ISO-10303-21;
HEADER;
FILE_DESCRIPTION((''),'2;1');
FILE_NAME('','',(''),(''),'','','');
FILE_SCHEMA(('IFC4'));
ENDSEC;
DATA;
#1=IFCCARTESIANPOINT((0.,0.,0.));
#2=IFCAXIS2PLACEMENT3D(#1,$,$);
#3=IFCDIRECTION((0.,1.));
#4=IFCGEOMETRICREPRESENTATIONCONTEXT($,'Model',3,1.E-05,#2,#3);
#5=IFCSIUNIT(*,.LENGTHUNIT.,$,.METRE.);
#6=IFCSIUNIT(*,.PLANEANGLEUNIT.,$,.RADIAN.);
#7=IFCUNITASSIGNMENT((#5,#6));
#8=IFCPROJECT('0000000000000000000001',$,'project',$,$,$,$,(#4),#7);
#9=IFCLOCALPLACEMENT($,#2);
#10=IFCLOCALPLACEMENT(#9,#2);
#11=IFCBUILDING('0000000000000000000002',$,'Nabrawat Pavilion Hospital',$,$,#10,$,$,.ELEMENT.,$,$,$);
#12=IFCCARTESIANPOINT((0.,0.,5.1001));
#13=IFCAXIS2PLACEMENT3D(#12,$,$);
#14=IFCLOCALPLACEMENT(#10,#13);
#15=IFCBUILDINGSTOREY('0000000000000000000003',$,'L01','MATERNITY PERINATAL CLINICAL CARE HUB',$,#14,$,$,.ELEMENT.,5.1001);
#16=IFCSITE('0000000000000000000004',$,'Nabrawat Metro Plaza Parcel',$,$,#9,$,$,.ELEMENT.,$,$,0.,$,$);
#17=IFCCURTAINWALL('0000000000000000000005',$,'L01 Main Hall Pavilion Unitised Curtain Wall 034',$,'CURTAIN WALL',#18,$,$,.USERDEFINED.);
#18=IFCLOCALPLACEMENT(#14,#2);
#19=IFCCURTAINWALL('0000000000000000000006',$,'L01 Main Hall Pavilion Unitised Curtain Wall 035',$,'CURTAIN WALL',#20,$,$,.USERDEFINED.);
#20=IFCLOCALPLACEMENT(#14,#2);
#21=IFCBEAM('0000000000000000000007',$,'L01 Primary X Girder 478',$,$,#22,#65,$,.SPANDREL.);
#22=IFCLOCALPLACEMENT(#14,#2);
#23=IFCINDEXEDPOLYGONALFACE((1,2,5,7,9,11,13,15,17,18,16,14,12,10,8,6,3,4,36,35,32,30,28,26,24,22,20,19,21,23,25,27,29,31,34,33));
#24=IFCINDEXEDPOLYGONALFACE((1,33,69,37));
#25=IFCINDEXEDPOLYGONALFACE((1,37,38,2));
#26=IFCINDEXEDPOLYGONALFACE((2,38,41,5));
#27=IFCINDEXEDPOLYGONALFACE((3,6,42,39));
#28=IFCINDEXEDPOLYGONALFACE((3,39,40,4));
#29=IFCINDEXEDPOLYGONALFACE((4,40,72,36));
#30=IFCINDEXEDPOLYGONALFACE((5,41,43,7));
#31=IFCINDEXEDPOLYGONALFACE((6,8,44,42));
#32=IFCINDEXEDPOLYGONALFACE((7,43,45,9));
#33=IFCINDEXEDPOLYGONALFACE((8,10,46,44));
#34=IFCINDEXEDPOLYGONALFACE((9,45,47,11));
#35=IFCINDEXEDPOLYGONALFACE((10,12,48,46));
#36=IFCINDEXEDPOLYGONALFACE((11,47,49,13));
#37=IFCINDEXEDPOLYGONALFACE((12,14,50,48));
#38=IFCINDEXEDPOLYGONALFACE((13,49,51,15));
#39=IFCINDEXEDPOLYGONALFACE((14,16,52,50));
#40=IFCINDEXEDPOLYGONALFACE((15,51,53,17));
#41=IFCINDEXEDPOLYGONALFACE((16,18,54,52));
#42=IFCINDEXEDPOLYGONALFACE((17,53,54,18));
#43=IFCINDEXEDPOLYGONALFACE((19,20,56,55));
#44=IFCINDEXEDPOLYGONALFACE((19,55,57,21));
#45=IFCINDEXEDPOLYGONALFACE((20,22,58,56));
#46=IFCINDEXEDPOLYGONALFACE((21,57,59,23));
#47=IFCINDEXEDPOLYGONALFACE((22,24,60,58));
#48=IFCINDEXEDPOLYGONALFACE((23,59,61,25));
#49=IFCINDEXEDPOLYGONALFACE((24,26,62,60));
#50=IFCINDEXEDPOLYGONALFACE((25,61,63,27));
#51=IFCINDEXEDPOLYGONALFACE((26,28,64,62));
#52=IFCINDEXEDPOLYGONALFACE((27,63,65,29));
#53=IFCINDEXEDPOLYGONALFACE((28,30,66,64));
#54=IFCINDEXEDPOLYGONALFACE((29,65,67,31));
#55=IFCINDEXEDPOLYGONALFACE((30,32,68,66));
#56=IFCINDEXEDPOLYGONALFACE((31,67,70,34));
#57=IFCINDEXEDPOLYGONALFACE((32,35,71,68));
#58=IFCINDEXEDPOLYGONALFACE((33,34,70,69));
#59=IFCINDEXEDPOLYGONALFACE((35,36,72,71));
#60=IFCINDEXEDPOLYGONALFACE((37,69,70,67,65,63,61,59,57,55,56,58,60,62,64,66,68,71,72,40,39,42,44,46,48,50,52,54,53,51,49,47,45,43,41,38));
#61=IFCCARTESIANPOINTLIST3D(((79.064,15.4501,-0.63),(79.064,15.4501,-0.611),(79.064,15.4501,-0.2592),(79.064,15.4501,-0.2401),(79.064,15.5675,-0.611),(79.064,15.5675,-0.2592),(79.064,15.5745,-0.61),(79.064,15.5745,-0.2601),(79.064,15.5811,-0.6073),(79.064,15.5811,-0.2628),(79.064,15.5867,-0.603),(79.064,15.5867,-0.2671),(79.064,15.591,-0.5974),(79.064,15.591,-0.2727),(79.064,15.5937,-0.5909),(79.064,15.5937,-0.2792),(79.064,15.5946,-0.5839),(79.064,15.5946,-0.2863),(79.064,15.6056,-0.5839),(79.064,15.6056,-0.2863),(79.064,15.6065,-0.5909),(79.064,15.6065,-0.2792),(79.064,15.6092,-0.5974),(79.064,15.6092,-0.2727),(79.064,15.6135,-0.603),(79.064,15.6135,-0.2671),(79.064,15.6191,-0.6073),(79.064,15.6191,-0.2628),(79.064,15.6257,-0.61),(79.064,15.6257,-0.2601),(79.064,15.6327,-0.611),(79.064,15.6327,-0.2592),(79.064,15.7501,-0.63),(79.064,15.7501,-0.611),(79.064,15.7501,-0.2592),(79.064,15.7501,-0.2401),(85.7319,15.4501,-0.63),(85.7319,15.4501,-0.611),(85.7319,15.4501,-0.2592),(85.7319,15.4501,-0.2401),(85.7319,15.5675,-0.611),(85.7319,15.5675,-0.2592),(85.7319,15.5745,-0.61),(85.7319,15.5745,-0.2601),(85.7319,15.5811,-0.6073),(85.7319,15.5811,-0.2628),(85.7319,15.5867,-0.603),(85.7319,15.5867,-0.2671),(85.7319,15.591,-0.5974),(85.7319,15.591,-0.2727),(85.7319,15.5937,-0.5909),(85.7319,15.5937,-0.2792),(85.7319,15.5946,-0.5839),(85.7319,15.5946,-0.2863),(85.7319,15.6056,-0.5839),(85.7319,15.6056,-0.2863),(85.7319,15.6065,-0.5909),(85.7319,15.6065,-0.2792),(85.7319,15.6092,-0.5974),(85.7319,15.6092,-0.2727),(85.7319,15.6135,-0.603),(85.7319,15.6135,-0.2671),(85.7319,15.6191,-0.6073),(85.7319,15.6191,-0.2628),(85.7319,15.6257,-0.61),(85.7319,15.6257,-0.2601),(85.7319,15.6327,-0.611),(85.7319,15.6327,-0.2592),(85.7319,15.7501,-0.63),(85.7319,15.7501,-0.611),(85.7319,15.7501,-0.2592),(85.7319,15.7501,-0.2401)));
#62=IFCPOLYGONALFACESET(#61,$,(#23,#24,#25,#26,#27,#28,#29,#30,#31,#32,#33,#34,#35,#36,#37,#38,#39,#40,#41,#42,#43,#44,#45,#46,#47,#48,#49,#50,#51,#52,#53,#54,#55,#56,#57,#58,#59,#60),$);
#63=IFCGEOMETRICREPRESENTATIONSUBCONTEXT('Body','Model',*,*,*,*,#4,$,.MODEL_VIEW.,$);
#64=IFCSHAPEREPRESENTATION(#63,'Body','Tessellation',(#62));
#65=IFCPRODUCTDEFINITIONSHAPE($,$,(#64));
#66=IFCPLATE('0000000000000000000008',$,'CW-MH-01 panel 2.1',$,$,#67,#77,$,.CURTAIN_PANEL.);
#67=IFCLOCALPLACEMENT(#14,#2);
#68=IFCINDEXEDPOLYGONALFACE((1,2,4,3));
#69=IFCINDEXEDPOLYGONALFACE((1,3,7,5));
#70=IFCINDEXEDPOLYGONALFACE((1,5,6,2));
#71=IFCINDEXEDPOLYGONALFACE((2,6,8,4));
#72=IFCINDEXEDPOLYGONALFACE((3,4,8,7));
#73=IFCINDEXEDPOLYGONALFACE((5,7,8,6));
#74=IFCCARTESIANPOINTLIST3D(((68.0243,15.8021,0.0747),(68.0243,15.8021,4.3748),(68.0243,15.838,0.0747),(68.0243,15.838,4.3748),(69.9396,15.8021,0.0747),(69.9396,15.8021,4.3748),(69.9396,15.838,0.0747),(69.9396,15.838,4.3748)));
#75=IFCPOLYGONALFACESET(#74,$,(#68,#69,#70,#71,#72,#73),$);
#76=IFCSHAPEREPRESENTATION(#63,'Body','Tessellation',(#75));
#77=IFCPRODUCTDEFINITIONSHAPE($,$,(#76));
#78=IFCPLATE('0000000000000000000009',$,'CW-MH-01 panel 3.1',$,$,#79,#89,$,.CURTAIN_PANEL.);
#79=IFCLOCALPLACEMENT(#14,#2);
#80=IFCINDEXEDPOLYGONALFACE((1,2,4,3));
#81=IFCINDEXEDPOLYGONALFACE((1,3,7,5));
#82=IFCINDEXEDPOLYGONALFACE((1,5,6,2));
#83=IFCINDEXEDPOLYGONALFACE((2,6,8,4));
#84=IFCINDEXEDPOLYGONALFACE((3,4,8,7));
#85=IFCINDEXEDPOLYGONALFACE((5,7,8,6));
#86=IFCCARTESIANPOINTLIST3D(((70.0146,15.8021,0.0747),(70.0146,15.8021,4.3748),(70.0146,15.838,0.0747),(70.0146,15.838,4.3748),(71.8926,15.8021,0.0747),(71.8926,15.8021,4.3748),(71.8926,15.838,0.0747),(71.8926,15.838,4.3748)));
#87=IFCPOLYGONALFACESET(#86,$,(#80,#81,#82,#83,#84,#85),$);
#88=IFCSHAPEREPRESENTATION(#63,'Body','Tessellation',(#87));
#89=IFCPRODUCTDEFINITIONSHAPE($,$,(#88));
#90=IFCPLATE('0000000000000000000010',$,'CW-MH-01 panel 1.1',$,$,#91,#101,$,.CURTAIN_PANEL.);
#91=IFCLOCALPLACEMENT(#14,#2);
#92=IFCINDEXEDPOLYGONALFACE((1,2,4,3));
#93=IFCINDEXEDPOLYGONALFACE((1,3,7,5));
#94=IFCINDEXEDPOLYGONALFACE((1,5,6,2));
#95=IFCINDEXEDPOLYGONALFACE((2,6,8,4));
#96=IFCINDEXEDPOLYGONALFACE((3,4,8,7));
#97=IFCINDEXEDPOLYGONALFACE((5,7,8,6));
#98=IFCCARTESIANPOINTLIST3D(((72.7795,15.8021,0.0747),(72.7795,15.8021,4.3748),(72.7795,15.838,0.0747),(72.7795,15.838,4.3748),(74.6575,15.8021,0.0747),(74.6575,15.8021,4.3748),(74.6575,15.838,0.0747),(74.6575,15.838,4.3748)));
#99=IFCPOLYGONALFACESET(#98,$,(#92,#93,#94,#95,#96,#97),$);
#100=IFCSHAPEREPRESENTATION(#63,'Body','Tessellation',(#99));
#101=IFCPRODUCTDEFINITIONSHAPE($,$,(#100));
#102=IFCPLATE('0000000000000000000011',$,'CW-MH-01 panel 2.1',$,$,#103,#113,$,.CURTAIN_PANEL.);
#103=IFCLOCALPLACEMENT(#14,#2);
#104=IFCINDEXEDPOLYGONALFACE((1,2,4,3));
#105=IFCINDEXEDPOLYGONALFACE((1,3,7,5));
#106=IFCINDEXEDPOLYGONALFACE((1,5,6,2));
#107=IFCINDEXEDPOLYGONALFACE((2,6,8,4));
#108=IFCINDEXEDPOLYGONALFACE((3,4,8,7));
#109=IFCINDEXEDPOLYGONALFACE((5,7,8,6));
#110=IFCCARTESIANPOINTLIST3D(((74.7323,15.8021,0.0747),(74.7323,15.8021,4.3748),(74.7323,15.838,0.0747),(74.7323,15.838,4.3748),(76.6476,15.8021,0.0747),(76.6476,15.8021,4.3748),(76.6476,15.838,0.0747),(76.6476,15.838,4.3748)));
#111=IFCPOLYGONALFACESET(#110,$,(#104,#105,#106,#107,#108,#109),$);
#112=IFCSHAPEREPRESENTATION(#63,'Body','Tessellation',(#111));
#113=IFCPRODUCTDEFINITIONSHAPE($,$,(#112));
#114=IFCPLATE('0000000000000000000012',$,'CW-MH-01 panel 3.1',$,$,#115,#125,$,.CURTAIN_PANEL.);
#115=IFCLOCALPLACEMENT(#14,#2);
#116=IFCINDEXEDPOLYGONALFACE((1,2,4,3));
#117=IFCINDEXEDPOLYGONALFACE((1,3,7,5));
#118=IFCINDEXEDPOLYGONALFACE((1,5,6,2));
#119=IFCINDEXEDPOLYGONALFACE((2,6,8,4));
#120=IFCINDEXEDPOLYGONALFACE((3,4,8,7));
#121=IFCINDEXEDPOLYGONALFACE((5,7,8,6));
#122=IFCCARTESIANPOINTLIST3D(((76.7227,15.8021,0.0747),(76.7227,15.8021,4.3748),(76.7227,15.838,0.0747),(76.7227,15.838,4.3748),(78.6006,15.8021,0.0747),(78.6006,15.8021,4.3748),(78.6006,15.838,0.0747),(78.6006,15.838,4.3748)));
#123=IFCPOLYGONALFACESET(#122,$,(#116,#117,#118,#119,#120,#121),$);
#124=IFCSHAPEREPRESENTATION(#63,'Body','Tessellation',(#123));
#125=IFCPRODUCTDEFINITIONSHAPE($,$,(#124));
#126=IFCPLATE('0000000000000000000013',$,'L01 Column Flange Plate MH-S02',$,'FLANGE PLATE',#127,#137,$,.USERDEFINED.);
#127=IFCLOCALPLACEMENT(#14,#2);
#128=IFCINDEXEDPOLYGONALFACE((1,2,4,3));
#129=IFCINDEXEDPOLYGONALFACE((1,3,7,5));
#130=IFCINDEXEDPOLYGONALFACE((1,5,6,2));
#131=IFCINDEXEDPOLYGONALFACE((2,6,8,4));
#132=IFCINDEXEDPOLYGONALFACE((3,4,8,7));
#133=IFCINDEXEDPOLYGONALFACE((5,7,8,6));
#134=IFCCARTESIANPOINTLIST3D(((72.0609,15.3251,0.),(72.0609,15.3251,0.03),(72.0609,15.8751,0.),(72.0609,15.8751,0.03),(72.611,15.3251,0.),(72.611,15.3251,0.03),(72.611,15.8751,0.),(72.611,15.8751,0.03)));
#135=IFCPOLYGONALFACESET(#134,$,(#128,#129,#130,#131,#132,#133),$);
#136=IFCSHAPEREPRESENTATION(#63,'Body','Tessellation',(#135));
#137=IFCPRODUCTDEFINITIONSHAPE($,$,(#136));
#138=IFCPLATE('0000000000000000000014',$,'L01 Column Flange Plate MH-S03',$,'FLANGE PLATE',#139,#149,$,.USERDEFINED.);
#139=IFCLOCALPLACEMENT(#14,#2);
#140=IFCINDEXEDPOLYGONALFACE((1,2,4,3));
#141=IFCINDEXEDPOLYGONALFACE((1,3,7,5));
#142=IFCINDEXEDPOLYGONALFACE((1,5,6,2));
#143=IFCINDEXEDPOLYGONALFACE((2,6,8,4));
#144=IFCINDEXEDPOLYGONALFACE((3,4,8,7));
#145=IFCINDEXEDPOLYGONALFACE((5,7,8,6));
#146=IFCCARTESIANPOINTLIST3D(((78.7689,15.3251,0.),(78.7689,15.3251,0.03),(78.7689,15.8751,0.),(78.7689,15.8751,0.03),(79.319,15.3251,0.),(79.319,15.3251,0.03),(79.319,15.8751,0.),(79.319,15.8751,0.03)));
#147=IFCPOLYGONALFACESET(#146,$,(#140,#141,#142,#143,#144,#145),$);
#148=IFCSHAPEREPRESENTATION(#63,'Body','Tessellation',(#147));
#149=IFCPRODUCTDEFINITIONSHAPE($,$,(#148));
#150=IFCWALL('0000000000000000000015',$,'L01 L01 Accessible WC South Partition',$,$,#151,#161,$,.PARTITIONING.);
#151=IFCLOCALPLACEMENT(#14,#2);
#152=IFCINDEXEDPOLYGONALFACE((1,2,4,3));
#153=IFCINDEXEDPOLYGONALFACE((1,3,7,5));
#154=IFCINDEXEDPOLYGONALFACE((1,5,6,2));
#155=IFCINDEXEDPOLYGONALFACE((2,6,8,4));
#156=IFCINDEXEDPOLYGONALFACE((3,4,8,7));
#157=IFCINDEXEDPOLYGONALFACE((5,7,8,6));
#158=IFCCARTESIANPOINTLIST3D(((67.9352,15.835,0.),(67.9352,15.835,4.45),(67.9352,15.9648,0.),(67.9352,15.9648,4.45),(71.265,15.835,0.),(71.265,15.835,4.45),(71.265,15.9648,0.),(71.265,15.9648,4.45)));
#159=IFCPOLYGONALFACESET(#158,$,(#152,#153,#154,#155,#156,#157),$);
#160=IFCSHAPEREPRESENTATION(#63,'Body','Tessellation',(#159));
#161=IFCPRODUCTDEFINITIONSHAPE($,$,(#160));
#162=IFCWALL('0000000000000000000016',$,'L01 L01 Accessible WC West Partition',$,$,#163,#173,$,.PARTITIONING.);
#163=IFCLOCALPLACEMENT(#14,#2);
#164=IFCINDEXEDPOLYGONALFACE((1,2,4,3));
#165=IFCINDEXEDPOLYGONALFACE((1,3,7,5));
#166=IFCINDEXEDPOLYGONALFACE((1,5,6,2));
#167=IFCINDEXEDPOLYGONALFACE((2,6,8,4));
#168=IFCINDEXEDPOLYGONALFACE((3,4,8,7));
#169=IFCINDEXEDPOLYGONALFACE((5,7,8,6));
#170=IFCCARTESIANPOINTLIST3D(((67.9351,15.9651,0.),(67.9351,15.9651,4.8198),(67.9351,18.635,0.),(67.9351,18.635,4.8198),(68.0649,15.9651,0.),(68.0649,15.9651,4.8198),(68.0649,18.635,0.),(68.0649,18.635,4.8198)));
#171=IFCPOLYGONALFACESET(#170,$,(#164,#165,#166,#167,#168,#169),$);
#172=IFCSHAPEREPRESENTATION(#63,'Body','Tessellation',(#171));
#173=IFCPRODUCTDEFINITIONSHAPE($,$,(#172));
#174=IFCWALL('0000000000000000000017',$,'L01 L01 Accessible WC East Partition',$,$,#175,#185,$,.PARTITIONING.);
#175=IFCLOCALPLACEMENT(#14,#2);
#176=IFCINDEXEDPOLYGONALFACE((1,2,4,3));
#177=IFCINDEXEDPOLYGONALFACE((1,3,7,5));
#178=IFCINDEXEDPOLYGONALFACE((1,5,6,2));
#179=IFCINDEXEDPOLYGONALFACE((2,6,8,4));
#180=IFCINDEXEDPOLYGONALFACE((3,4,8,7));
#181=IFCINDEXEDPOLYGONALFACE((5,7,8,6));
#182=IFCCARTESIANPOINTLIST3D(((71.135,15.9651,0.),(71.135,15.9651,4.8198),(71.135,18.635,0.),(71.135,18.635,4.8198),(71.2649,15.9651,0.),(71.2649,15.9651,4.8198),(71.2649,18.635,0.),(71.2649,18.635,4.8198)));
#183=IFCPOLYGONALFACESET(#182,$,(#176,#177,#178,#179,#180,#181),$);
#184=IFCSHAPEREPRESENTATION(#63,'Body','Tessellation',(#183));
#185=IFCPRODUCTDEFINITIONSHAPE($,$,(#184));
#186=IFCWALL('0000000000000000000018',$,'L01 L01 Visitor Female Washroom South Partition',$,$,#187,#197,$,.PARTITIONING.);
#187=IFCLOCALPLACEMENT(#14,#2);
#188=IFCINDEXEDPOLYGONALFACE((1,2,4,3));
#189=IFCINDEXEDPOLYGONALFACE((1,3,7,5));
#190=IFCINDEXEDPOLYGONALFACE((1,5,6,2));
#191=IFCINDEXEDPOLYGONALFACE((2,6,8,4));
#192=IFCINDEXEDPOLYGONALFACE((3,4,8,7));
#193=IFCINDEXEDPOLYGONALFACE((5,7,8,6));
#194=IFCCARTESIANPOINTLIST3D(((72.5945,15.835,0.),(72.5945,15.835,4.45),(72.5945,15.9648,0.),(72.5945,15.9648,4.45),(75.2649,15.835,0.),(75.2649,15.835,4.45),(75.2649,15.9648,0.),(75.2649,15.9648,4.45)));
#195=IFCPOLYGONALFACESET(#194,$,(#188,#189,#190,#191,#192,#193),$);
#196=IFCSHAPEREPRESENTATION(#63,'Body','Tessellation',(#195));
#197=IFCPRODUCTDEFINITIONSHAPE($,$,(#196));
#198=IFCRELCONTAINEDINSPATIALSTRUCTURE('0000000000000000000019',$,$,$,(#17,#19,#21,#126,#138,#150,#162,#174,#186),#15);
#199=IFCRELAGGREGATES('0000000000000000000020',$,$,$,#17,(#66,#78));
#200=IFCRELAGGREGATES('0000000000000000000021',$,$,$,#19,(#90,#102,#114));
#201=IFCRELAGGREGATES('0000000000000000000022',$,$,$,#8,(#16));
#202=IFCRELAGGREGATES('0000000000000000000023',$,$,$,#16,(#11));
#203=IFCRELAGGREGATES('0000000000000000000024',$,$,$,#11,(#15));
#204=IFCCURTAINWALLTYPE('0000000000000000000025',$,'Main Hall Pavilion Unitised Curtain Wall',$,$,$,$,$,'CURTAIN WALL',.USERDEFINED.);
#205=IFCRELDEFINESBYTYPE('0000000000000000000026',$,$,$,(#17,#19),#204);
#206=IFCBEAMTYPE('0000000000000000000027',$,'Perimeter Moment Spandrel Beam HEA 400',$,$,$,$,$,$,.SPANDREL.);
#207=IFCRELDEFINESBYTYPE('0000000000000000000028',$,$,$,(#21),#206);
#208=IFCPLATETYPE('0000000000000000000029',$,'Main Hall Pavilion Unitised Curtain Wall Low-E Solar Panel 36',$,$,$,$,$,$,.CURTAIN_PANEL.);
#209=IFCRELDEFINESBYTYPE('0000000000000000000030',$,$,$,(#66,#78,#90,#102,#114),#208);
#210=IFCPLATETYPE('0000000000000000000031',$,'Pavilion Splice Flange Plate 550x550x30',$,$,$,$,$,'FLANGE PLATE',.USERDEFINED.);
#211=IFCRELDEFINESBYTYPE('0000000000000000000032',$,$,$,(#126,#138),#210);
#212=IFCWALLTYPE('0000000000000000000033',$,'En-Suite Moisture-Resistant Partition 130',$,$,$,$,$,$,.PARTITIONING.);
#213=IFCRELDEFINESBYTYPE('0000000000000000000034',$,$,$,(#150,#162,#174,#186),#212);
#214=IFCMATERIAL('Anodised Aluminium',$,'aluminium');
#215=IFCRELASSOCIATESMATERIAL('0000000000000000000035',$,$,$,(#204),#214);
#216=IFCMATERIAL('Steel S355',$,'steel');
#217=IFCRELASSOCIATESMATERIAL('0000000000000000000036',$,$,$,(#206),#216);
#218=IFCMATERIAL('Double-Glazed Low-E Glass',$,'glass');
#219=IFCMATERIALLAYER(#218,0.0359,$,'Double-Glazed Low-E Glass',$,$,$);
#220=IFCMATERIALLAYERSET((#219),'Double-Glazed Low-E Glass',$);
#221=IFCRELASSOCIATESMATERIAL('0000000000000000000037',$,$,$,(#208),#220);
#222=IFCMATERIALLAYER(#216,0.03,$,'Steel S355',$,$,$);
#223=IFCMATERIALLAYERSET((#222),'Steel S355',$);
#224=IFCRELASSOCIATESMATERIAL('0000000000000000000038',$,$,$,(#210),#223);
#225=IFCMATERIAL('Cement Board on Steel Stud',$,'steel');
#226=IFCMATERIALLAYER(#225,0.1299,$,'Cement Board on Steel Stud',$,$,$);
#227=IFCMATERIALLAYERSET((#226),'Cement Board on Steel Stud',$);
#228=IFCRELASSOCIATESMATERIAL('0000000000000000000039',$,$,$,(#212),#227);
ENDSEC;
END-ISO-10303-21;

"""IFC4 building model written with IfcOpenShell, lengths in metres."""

from ifc_helpers import new_model, si_unit, direction, frame, frame_2d, origin, origin_2d, place, context, subcontext, project, spatial, rectangle, i_section, extrude, material, layer, layer_set, material_profile, profile_set, type_object, element, aggregate, save


model = new_model("IFC4")

# Units and contexts
model_context = context("Model", 3, precision=1e-05, world=origin(), true_north=direction((0.0, 1.0)))
body_context = subcontext(model_context, "Body", "Model", "MODEL_VIEW")
ifc_project = project(units=[si_unit("LENGTHUNIT", "METRE"), si_unit("PLANEANGLEUNIT", "RADIAN")], contexts=[model_context])

# Site, building, storey
site_placement = place(None, origin())
site = spatial("IfcSite", under=ifc_project, at=site_placement, Name="Nabrawat Metro Plaza Parcel", CompositionType="ELEMENT", RefElevation=0.0)
building_placement = place(site_placement, origin())
building = spatial("IfcBuilding", under=site, at=building_placement, Name="Nabrawat Pavilion Hospital", CompositionType="ELEMENT")
storey_placement = place(building_placement, frame((0.0, 0.0, 5.1001)))
storey = spatial("IfcBuildingStorey", under=building, at=storey_placement, Name="L01", Description="MATERNITY PERINATAL CLINICAL CARE HUB", CompositionType="ELEMENT", Elevation=5.1001)

# Shared definitions
ifc_material_1 = material(Name="Steel S355", Category="steel")

# Curtain walls
ifc_material_2 = material(Name="Anodised Aluminium", Category="aluminium")
curtain_wall_type = type_object("IfcCurtainWallType", Name="Main Hall Pavilion Unitised Curtain Wall", ElementType="CURTAIN WALL", PredefinedType="USERDEFINED", material=ifc_material_2)
curtain_wall_1_placement = place(storey_placement, origin())
curtain_wall_1 = element("IfcCurtainWall", 1, at=curtain_wall_1_placement, inside=storey, type_object=curtain_wall_type, Name="L01 Main Hall Pavilion Unitised Curtain Wall 034", ObjectType="CURTAIN WALL", PredefinedType="USERDEFINED")
curtain_wall_2_placement = place(storey_placement, origin())
curtain_wall_2 = element("IfcCurtainWall", 2, at=curtain_wall_2_placement, inside=storey, type_object=curtain_wall_type, Name="L01 Main Hall Pavilion Unitised Curtain Wall 035", ObjectType="CURTAIN WALL", PredefinedType="USERDEFINED")

# Beam
ifc_material_profile_1 = material_profile(ifc_material_1, i_section(OverallWidth=0.3, OverallDepth=0.3899, WebThickness=0.011, FlangeThickness=0.019, FilletRadius=0.0271, at=origin_2d()), Name="HEA 400")
ifc_profile_set_1 = profile_set([ifc_material_profile_1], Name="Steel S355")
beam_type = type_object("IfcBeamType", Name="Perimeter Moment Spandrel Beam HEA 400", PredefinedType="SPANDREL", material=ifc_profile_set_1)
for number, where, z_axis, x_axis, name in (
    (3, (79.064, 15.6001, -0.4351), (1.0, 0.0, 0.0), (0.0, 1.0, 0.0), "L01 Primary X Girder 478"),
):
    element("IfcBeam", number, at=place(storey_placement, frame(where, z_axis=z_axis, x_axis=x_axis)), inside=storey, type_object=beam_type, Name=name, PredefinedType="SPANDREL", context=body_context, shape_type="SweptSolid", body=[
        extrude(i_section(OverallWidth=0.3, OverallDepth=0.3899, WebThickness=0.011, FlangeThickness=0.019, FilletRadius=0.0271, at=origin_2d()), origin(), (0.0, 0.0, 1.0), 6.668),
    ])

# Plates
ifc_material_3 = material(Name="Double-Glazed Low-E Glass", Category="glass")
ifc_layer_1 = layer(ifc_material_3, 0.0359, Name="Double-Glazed Low-E Glass")
ifc_layer_set_1 = layer_set([ifc_layer_1], Name="Double-Glazed Low-E Glass")
plate_type_1 = type_object("IfcPlateType", Name="Main Hall Pavilion Unitised Curtain Wall Low-E Solar Panel 36", PredefinedType="CURTAIN_PANEL", material=ifc_layer_set_1)
plate_1_placement = place(storey_placement, frame((68.9819, 15.8201, 0.0747), z_axis=(0.0, 0.0, 1.0), x_axis=(1.0, 0.0, 0.0)))
plate_1 = element("IfcPlate", 4, at=plate_1_placement, type_object=plate_type_1, Name="CW-MH-01 panel 2.1", PredefinedType="CURTAIN_PANEL", context=body_context, shape_type="SweptSolid", body=[
    extrude(rectangle(XDim=1.9153, YDim=0.0359, at=origin_2d()), origin(), (0.0, 0.0, 1.0), 4.3),
])
plate_2_placement = place(storey_placement, frame((70.9536, 15.8201, 0.0747), z_axis=(0.0, 0.0, 1.0), x_axis=(1.0, 0.0, 0.0)))
plate_2 = element("IfcPlate", 5, at=plate_2_placement, type_object=plate_type_1, Name="CW-MH-01 panel 3.1", PredefinedType="CURTAIN_PANEL", context=body_context, shape_type="SweptSolid", body=[
    extrude(rectangle(XDim=1.8779, YDim=0.0359, at=origin_2d()), origin(), (0.0, 0.0, 1.0), 4.3),
])
aggregate(curtain_wall_1, [plate_1, plate_2])
plate_3_placement = place(storey_placement, frame((73.7185, 15.8201, 0.0747), z_axis=(0.0, 0.0, 1.0), x_axis=(1.0, 0.0, 0.0)))
plate_3 = element("IfcPlate", 6, at=plate_3_placement, type_object=plate_type_1, Name="CW-MH-01 panel 1.1", PredefinedType="CURTAIN_PANEL", context=body_context, shape_type="SweptSolid", body=[
    extrude(rectangle(XDim=1.8779, YDim=0.0359, at=origin_2d()), origin(), (0.0, 0.0, 1.0), 4.3),
])
plate_4_placement = place(storey_placement, frame((75.6899, 15.8201, 0.0747), z_axis=(0.0, 0.0, 1.0), x_axis=(1.0, 0.0, 0.0)))
plate_4 = element("IfcPlate", 7, at=plate_4_placement, type_object=plate_type_1, Name="CW-MH-01 panel 2.1", PredefinedType="CURTAIN_PANEL", context=body_context, shape_type="SweptSolid", body=[
    extrude(rectangle(XDim=1.9153, YDim=0.0359, at=origin_2d()), origin(), (0.0, 0.0, 1.0), 4.3),
])
plate_5_placement = place(storey_placement, frame((77.6616, 15.8201, 0.0747), z_axis=(0.0, 0.0, 1.0), x_axis=(1.0, 0.0, 0.0)))
plate_5 = element("IfcPlate", 8, at=plate_5_placement, type_object=plate_type_1, Name="CW-MH-01 panel 3.1", PredefinedType="CURTAIN_PANEL", context=body_context, shape_type="SweptSolid", body=[
    extrude(rectangle(XDim=1.8779, YDim=0.0359, at=origin_2d()), origin(), (0.0, 0.0, 1.0), 4.3),
])
aggregate(curtain_wall_2, [plate_3, plate_4, plate_5])

# Plates
ifc_layer_2 = layer(ifc_material_1, 0.03, Name="Steel S355")
ifc_layer_set_2 = layer_set([ifc_layer_2], Name="Steel S355")
plate_type_2 = type_object("IfcPlateType", Name="Pavilion Splice Flange Plate 550x550x30", ElementType="FLANGE PLATE", PredefinedType="USERDEFINED", material=ifc_layer_set_2)
for number, where, z_axis, x_axis, name in (
    (9, (72.3359, 15.6001, 0.0), (0.0, 0.0, 1.0), (1.0, 0.0, 0.0), "L01 Column Flange Plate MH-S02"),
    (10, (79.0439, 15.6001, 0.0), (0.0, 0.0, 1.0), (1.0, 0.0, 0.0), "L01 Column Flange Plate MH-S03"),
):
    element("IfcPlate", number, at=place(storey_placement, frame(where, z_axis=z_axis, x_axis=x_axis)), inside=storey, type_object=plate_type_2, Name=name, ObjectType="FLANGE PLATE", PredefinedType="USERDEFINED", context=body_context, shape_type="SweptSolid", body=[
        extrude(rectangle(XDim=0.55, YDim=0.55, at=origin_2d()), origin(), (0.0, 0.0, 1.0), 0.03),
    ])

# Walls
ifc_material_4 = material(Name="Cement Board on Steel Stud", Category="steel")
ifc_layer_3 = layer(ifc_material_4, 0.1299, Name="Cement Board on Steel Stud")
ifc_layer_set_3 = layer_set([ifc_layer_3], Name="Cement Board on Steel Stud")
wall_type = type_object("IfcWallType", Name="En-Suite Moisture-Resistant Partition 130", PredefinedType="PARTITIONING", material=ifc_layer_set_3)
wall_1_placement = place(storey_placement, frame((67.9351, 15.8999, 0.0), z_axis=(0.0, 0.0, 1.0), x_axis=(1.0, 0.0, 0.0)))
element("IfcWall", 11, at=wall_1_placement, inside=storey, type_object=wall_type, Name="L01 L01 Accessible WC South Partition", PredefinedType="PARTITIONING", context=body_context, shape_type="SweptSolid", body=[
    extrude(rectangle(XDim=3.3298, YDim=0.1299, at=frame_2d((1.665, 0.0))), origin(), (0.0, 0.0, 1.0), 4.45),
])
for number, where, z_axis, x_axis, name in (
    (12, (68.0, 15.9651, 0.0), (0.0, 0.0, 1.0), (0.0, 1.0, 0.0), "L01 L01 Accessible WC West Partition"),
    (13, (71.2, 15.9651, 0.0), (0.0, 0.0, 1.0), (0.0, 1.0, 0.0), "L01 L01 Accessible WC East Partition"),
):
    element("IfcWall", number, at=place(storey_placement, frame(where, z_axis=z_axis, x_axis=x_axis)), inside=storey, type_object=wall_type, Name=name, PredefinedType="PARTITIONING", context=body_context, shape_type="SweptSolid", body=[
        extrude(rectangle(XDim=2.6699, YDim=0.1299, at=frame_2d((1.335, 0.0))), origin(), (0.0, 0.0, 1.0), 4.8198),
    ])
wall_2_placement = place(storey_placement, frame((72.5945, 15.8999, 0.0), z_axis=(0.0, 0.0, 1.0), x_axis=(1.0, 0.0, 0.0)))
element("IfcWall", 14, at=wall_2_placement, inside=storey, type_object=wall_type, Name="L01 L01 Visitor Female Washroom South Partition", PredefinedType="PARTITIONING", context=body_context, shape_type="SweptSolid", body=[
    extrude(rectangle(XDim=2.6704, YDim=0.1299, at=frame_2d((1.3352, 0.0))), origin(), (0.0, 0.0, 1.0), 4.45),
])

save(model, "model.ifc")
